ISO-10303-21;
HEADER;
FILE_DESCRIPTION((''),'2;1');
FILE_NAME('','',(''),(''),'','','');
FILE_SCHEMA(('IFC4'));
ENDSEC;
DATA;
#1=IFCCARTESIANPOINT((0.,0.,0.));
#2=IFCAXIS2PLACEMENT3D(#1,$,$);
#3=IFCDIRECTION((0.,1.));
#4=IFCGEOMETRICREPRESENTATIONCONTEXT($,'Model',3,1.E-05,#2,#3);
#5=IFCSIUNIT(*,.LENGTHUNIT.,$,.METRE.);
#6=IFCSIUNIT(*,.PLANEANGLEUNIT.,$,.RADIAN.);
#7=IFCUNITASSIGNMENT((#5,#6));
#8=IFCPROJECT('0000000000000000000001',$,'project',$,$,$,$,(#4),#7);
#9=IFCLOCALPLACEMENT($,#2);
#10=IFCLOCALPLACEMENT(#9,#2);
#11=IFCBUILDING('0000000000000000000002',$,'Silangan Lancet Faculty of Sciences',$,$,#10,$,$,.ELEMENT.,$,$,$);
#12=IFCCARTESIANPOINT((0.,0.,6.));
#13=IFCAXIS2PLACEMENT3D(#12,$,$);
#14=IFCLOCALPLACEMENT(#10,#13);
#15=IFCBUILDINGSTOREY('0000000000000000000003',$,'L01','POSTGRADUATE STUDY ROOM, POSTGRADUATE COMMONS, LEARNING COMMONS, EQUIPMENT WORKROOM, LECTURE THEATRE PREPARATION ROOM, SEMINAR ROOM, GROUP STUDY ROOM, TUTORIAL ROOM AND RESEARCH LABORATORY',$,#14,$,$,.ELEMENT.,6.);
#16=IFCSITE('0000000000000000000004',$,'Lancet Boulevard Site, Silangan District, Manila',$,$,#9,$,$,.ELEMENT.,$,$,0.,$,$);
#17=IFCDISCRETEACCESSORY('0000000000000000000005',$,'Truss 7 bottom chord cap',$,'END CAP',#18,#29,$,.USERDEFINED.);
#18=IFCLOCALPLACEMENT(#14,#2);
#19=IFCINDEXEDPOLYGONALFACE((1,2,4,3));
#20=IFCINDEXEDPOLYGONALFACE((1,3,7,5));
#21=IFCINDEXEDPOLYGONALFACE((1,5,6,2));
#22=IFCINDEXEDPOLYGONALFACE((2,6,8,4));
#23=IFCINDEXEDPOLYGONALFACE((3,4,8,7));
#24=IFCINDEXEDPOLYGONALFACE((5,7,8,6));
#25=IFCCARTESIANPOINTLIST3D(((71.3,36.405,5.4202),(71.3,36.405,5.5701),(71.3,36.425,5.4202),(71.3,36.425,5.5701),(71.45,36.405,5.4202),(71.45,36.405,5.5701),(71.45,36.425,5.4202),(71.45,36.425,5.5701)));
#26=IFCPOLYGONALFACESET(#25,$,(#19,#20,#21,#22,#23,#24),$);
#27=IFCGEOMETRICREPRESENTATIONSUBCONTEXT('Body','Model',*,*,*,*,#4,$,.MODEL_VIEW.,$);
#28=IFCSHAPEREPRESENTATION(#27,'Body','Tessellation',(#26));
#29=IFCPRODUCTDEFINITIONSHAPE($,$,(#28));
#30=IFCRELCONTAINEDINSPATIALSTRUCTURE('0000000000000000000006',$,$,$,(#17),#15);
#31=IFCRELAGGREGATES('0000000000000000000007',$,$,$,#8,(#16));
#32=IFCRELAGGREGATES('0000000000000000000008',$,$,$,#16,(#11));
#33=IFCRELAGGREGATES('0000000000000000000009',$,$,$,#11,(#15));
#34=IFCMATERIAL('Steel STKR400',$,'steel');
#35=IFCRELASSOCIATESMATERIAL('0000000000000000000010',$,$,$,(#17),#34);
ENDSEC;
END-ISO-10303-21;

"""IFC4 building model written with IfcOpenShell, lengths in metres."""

from ifc_helpers import new_model, si_unit, direction, frame, origin, origin_2d, place, context, subcontext, project, spatial, rectangle, extrude, material, element, save


model = new_model("IFC4")

# Units and contexts
model_context = context("Model", 3, precision=1e-05, world=origin(), true_north=direction((0.0, 1.0)))
body_context = subcontext(model_context, "Body", "Model", "MODEL_VIEW")
ifc_project = project(units=[si_unit("LENGTHUNIT", "METRE"), si_unit("PLANEANGLEUNIT", "RADIAN")], contexts=[model_context])

# Site, building, storey
site_placement = place(None, origin())
site = spatial("IfcSite", under=ifc_project, at=site_placement, Name="Lancet Boulevard Site, Silangan District, Manila", CompositionType="ELEMENT", RefElevation=0.0)
building_placement = place(site_placement, origin())
building = spatial("IfcBuilding", under=site, at=building_placement, Name="Silangan Lancet Faculty of Sciences", CompositionType="ELEMENT")
storey_placement = place(building_placement, frame((0.0, 0.0, 6.0)))
storey = spatial("IfcBuildingStorey", under=building, at=storey_placement, Name="L01", Description="POSTGRADUATE STUDY ROOM, POSTGRADUATE COMMONS, LEARNING COMMONS, EQUIPMENT WORKROOM, LECTURE THEATRE PREPARATION ROOM, SEMINAR ROOM, GROUP STUDY ROOM, TUTORIAL ROOM AND RESEARCH LABORATORY", CompositionType="ELEMENT", Elevation=6.0)

# Discrete accessory
ifc_material_1 = material(Name="Steel STKR400", Category="steel")
for number, where, z_axis, x_axis, name in (
    (1, (71.375, 36.415, 5.4202), (0.0, 0.0, 1.0), (1.0, 0.0, 0.0), "Truss 7 bottom chord cap"),
):
    element("IfcDiscreteAccessory", number, at=place(storey_placement, frame(where, z_axis=z_axis, x_axis=x_axis)), inside=storey, material=ifc_material_1, Name=name, ObjectType="END CAP", PredefinedType="USERDEFINED", context=body_context, shape_type="SweptSolid", body=[
        extrude(rectangle(XDim=0.1499, YDim=0.02, at=origin_2d()), origin(), (0.0, 0.0, 1.0), 0.1499),
    ])

save(model, "model.ifc")
